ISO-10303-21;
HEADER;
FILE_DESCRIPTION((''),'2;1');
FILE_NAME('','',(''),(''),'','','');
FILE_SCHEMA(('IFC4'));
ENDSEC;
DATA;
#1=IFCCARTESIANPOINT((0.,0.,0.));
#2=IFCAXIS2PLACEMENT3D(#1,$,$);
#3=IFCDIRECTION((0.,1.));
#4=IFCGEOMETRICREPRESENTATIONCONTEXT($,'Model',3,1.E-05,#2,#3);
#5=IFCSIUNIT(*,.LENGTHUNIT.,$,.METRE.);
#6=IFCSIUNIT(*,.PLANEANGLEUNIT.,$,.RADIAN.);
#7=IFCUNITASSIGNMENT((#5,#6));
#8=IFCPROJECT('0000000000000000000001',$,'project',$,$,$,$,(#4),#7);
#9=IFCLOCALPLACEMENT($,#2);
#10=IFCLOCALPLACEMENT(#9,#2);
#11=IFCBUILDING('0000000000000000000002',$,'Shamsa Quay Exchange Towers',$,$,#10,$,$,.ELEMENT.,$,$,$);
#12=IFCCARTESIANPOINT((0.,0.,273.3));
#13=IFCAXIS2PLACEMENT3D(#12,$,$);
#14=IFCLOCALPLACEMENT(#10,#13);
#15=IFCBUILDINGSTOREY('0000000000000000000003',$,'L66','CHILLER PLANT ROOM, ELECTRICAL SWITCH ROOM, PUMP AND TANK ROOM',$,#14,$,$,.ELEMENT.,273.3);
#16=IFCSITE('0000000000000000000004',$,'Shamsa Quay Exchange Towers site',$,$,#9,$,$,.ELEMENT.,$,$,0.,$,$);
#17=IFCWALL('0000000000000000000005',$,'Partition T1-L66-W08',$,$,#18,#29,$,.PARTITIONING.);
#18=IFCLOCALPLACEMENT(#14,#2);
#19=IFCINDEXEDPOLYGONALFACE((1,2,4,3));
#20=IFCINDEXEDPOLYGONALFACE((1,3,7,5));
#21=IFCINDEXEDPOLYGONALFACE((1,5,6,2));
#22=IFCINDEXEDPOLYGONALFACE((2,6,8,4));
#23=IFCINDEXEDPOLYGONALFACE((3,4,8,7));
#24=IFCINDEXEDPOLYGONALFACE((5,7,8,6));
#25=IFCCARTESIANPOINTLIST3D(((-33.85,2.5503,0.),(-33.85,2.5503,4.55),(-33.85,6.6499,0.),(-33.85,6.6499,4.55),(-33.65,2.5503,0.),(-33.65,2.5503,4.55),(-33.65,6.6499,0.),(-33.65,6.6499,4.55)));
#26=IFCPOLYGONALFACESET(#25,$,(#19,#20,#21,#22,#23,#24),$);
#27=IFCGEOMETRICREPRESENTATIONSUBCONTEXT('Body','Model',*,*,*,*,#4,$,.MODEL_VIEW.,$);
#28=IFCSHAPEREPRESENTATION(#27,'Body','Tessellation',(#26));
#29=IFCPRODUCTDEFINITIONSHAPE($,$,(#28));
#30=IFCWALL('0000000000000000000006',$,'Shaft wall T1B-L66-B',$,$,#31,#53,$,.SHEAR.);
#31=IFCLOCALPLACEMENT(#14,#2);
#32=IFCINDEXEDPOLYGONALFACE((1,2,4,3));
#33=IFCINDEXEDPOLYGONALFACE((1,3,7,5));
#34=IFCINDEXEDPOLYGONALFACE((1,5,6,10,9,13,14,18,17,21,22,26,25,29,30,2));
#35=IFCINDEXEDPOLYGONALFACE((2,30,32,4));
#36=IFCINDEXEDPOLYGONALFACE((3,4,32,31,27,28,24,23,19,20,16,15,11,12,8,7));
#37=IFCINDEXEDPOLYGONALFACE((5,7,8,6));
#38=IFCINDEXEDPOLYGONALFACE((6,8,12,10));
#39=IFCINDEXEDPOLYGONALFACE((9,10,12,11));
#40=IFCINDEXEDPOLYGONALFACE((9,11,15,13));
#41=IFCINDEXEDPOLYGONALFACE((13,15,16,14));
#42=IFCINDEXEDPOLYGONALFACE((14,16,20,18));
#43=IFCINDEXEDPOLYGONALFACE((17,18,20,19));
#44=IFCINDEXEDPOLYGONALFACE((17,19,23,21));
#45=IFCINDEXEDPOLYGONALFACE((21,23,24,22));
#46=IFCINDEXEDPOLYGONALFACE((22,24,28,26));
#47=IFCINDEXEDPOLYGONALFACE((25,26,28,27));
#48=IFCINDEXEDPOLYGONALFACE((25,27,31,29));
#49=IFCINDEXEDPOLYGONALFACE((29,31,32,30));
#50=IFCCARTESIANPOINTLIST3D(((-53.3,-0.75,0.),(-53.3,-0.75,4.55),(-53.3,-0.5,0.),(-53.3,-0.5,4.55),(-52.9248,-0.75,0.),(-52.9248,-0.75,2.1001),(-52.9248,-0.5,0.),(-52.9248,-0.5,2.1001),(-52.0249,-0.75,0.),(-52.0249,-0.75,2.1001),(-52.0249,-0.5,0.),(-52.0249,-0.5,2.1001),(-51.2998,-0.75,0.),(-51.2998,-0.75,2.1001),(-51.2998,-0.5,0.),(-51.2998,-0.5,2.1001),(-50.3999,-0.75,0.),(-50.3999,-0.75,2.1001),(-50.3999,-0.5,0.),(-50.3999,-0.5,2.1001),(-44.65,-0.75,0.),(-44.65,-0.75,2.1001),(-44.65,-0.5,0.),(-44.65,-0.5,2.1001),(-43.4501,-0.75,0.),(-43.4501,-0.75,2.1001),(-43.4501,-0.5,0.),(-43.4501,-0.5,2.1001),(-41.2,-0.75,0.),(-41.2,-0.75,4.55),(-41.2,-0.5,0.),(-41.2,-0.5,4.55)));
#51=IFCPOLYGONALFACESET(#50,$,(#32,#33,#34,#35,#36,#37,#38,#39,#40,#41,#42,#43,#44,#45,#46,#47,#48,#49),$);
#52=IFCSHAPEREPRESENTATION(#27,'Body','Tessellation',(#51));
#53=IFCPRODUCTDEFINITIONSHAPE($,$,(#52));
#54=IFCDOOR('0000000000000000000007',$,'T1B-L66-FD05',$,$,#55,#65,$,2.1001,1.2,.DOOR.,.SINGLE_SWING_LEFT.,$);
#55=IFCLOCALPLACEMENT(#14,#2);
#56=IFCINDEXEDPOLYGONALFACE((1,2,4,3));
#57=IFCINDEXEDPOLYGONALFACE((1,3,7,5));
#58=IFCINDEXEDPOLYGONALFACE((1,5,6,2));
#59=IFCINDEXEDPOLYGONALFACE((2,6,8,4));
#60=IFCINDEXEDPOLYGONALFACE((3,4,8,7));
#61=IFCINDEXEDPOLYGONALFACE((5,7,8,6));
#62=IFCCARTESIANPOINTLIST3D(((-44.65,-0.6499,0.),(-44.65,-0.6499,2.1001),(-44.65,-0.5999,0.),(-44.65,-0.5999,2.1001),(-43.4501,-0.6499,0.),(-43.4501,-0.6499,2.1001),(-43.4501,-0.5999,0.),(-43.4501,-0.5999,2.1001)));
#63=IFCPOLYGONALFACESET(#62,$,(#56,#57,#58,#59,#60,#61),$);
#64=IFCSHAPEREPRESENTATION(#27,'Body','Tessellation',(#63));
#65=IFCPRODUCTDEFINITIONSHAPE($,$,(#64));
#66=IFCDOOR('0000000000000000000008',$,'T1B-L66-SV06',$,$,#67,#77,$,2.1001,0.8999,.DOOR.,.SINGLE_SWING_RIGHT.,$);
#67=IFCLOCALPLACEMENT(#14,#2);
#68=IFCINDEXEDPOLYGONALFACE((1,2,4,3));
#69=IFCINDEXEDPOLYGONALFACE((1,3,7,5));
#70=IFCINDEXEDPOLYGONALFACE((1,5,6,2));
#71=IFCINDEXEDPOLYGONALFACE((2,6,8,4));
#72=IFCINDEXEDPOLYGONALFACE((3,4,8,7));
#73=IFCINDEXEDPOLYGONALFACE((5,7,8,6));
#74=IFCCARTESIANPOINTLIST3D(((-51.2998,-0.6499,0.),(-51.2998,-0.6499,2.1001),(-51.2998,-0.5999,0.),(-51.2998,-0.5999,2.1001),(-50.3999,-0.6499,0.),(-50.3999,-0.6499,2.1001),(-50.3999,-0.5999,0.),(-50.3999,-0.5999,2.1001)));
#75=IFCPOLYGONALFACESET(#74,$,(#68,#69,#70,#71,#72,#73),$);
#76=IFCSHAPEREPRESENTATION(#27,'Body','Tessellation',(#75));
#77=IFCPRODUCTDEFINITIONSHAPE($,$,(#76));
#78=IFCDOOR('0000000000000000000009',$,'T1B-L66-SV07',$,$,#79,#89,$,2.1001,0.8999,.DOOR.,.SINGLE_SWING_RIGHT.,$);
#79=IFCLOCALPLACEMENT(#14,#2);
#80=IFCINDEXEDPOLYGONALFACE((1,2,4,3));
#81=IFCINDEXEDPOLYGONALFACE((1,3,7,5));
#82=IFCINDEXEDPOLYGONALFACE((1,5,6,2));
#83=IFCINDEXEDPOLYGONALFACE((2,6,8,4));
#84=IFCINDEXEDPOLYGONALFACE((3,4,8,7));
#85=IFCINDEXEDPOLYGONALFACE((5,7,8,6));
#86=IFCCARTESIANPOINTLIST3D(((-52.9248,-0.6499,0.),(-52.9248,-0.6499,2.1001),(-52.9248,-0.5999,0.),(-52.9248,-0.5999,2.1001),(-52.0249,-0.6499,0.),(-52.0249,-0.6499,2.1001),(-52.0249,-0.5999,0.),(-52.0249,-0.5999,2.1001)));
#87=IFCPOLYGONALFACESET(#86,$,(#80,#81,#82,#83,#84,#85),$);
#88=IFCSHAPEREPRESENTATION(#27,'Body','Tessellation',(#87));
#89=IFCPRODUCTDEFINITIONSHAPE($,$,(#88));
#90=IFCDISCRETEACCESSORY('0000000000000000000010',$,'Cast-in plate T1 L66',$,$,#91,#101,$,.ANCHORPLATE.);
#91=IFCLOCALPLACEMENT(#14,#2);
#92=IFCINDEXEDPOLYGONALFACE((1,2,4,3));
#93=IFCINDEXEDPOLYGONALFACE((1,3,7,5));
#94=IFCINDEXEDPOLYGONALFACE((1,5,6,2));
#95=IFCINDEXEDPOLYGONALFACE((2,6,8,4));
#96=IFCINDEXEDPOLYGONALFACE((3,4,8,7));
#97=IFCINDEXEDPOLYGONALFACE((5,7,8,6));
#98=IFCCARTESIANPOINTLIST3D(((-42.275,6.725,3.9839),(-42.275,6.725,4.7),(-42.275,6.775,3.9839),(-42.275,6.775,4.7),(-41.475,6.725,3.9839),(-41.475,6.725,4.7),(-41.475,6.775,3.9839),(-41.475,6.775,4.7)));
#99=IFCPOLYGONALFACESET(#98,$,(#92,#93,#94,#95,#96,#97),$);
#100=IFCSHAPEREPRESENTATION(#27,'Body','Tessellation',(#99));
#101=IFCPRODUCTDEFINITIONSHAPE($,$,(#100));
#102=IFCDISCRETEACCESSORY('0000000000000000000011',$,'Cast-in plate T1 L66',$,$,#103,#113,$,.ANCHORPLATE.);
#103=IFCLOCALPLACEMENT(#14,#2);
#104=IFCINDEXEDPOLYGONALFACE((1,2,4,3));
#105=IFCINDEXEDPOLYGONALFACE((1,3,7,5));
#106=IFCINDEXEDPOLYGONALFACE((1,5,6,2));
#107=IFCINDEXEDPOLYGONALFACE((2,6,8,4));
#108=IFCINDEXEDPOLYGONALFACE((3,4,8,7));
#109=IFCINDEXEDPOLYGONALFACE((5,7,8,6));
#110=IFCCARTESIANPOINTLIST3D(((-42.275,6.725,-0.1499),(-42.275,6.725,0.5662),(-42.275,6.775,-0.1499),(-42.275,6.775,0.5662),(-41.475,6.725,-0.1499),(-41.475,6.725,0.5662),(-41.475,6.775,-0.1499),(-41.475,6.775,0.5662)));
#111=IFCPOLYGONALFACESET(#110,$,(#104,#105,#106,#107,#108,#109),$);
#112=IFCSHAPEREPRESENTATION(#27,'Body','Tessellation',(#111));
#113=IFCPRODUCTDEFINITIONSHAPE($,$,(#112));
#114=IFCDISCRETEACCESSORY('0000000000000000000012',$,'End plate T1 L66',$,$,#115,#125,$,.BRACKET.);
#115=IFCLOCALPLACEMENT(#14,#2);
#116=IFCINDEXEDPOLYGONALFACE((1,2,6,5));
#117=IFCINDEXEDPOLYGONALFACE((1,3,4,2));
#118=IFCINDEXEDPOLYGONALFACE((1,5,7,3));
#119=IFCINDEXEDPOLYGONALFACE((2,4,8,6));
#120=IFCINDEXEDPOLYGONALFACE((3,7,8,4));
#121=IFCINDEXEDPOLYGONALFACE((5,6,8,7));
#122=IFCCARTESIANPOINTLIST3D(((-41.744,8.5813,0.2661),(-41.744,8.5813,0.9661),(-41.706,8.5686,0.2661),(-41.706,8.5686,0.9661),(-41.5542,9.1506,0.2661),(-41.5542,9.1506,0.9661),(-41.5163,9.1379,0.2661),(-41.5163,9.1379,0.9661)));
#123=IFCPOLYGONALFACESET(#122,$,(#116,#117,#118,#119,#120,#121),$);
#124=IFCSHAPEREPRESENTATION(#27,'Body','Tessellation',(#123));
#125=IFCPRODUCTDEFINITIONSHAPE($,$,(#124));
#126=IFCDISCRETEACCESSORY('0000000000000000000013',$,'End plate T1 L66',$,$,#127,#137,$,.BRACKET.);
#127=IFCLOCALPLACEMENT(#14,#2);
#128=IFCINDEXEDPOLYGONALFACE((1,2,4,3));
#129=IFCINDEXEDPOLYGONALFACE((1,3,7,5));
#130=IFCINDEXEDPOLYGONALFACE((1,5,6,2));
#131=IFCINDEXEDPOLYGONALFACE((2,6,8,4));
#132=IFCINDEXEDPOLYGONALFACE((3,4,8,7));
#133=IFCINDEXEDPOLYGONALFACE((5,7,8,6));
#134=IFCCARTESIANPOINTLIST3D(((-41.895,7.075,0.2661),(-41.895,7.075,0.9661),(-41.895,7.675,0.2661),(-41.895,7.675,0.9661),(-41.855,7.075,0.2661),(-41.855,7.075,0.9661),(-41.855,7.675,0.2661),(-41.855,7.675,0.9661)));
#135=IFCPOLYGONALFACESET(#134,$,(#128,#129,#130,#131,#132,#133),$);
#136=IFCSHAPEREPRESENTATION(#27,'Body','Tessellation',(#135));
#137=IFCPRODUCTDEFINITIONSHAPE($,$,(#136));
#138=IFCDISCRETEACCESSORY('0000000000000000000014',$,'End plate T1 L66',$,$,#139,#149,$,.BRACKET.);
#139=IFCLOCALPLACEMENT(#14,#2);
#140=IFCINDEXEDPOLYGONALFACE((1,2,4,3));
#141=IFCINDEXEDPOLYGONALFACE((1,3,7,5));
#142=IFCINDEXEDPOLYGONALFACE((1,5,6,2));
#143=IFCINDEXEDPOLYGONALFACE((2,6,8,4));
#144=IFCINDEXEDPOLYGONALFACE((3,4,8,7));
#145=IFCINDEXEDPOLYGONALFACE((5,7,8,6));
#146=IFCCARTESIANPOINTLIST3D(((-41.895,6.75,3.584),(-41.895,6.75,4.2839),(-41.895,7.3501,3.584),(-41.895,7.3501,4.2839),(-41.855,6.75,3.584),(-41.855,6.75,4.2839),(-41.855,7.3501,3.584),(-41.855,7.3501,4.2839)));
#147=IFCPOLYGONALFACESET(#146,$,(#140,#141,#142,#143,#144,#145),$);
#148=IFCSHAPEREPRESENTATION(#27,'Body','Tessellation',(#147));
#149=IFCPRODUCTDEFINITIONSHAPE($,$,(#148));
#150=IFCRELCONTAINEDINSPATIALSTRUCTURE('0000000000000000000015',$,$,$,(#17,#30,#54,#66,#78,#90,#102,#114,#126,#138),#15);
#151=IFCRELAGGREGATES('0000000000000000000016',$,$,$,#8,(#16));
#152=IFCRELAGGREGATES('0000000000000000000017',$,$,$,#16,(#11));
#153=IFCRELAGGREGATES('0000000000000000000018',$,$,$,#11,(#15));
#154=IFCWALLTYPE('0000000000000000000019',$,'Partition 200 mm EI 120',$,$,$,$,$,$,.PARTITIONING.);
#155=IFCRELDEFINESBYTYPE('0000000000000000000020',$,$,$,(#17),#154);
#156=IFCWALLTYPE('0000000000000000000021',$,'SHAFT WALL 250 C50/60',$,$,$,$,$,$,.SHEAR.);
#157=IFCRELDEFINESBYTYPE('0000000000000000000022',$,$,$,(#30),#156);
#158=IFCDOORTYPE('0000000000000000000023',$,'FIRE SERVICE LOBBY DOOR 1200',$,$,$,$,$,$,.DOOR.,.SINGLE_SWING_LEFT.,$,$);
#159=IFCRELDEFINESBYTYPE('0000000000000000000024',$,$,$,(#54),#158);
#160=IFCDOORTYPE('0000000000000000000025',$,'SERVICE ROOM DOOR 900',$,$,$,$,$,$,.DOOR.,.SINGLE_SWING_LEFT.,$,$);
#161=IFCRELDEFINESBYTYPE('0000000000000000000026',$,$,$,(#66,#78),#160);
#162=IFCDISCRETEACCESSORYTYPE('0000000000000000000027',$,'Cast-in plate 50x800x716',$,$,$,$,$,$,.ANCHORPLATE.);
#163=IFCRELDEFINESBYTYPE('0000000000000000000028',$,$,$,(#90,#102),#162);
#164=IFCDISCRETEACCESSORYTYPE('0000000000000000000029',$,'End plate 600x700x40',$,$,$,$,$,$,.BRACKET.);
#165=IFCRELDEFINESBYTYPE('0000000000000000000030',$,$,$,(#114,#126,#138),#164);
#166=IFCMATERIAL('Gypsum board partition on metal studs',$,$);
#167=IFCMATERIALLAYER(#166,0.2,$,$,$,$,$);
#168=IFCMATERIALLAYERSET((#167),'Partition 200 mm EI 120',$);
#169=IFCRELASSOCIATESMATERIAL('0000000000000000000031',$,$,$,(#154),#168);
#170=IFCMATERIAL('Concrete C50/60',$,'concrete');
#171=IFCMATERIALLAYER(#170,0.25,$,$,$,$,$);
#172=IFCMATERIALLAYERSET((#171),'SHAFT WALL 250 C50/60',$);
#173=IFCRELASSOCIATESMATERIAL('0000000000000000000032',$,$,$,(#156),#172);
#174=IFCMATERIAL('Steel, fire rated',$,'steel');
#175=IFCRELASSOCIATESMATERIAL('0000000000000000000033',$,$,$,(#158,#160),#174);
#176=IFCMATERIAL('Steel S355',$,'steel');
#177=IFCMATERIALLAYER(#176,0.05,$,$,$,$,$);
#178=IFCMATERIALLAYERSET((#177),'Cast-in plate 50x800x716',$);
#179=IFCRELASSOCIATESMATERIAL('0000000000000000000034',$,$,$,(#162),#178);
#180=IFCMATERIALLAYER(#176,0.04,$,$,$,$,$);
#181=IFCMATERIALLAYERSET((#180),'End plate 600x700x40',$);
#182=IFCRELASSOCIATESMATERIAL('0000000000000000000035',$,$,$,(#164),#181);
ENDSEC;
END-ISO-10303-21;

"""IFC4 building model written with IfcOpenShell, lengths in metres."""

from ifc_helpers import new_model, si_unit, direction, frame, frame_2d, origin, origin_2d, place, context, subcontext, project, spatial, rectangle, extrude, material, layer, layer_set, type_object, element, fill, save


model = new_model("IFC4")

# Units and contexts
model_context = context("Model", 3, precision=1e-05, world=origin(), true_north=direction((0.0, 1.0)))
body_context = subcontext(model_context, "Body", "Model", "MODEL_VIEW")
ifc_project = project(units=[si_unit("LENGTHUNIT", "METRE"), si_unit("PLANEANGLEUNIT", "RADIAN")], contexts=[model_context])

# Site, building, storey
site_placement = place(None, origin())
site = spatial("IfcSite", under=ifc_project, at=site_placement, Name="Shamsa Quay Exchange Towers site", CompositionType="ELEMENT", RefElevation=0.0)
building_placement = place(site_placement, origin())
building = spatial("IfcBuilding", under=site, at=building_placement, Name="Shamsa Quay Exchange Towers", CompositionType="ELEMENT")
storey_placement = place(building_placement, frame((0.0, 0.0, 273.3)))
storey = spatial("IfcBuildingStorey", under=building, at=storey_placement, Name="L66", Description="CHILLER PLANT ROOM, ELECTRICAL SWITCH ROOM, PUMP AND TANK ROOM", CompositionType="ELEMENT", Elevation=273.3)

# Shared definitions
ifc_material_1 = material(Name="Steel S355", Category="steel")

# Shared definitions
ifc_material_2 = material(Name="Gypsum board partition on metal studs")
ifc_layer_1 = layer(ifc_material_2, 0.2)
ifc_layer_set_1 = layer_set([ifc_layer_1], Name="Partition 200 mm EI 120")
wall_type_1 = type_object("IfcWallType", Name="Partition 200 mm EI 120", PredefinedType="PARTITIONING", material=ifc_layer_set_1)

# Wall
wall_1_placement = place(storey_placement, frame((-33.75, 2.5503, 0.0), z_axis=(0.0, 0.0, 1.0), x_axis=(0.0, 1.0, 0.0)))
element("IfcWall", 1, at=wall_1_placement, inside=storey, type_object=wall_type_1, Name="Partition T1-L66-W08", PredefinedType="PARTITIONING", context=body_context, shape_type="SweptSolid", body=[
    extrude(rectangle(XDim=4.0996, YDim=0.2, at=frame_2d((2.0498, 0.0))), origin(), (0.0, 0.0, 1.0), 4.55),
])

# Wall, openings, doors
ifc_material_3 = material(Name="Concrete C50/60", Category="concrete")
ifc_layer_2 = layer(ifc_material_3, 0.25)
ifc_layer_set_2 = layer_set([ifc_layer_2], Name="SHAFT WALL 250 C50/60")
wall_type_2 = type_object("IfcWallType", Name="SHAFT WALL 250 C50/60", PredefinedType="SHEAR", material=ifc_layer_set_2)
wall_2_placement = place(storey_placement, frame((-41.2, -0.625, 0.0), z_axis=(0.0, 0.0, 1.0), x_axis=(-1.0, 0.0, 0.0)))
wall_2 = element("IfcWall", 2, at=wall_2_placement, inside=storey, type_object=wall_type_2, Name="Shaft wall T1B-L66-B", PredefinedType="SHEAR", context=body_context, shape_type="SweptSolid", body=[
    extrude(rectangle(XDim=12.1001, YDim=0.25, at=frame_2d((6.05, 0.0))), origin(), (0.0, 0.0, 1.0), 4.55),
])
opening_1_placement = place(wall_2_placement, frame((2.25, 0.0, 0.0)))
opening_1 = element("IfcOpeningElement", 3, at=opening_1_placement, cuts=wall_2, PredefinedType="OPENING", context=body_context, shape_type="SweptSolid", body=[
    extrude(rectangle(XDim=1.2, YDim=2.1001, at=frame_2d((0.6001, 1.05))), frame((0.0, 0.135, 0.0), z_axis=(0.0, -1.0, 0.0), x_axis=(1.0, 0.0, 0.0)), (0.0, 0.0, 1.0), 0.27),
])
opening_2_placement = place(wall_2_placement, frame((9.2, 0.0, 0.0)))
opening_2 = element("IfcOpeningElement", 4, at=opening_2_placement, cuts=wall_2, PredefinedType="OPENING", context=body_context, shape_type="SweptSolid", body=[
    extrude(rectangle(XDim=0.8999, YDim=2.1001, at=frame_2d((0.45, 1.05))), frame((0.0, 0.135, 0.0), z_axis=(0.0, -1.0, 0.0), x_axis=(1.0, 0.0, 0.0)), (0.0, 0.0, 1.0), 0.27),
])
opening_3_placement = place(wall_2_placement, frame((10.825, 0.0, 0.0)))
opening_3 = element("IfcOpeningElement", 5, at=opening_3_placement, cuts=wall_2, PredefinedType="OPENING", context=body_context, shape_type="SweptSolid", body=[
    extrude(rectangle(XDim=0.8999, YDim=2.1001, at=frame_2d((0.45, 1.05))), frame((0.0, 0.135, 0.0), z_axis=(0.0, -1.0, 0.0), x_axis=(1.0, 0.0, 0.0)), (0.0, 0.0, 1.0), 0.27),
])
ifc_material_4 = material(Name="Steel, fire rated", Category="steel")
door_type_1 = type_object("IfcDoorType", Name="FIRE SERVICE LOBBY DOOR 1200", OperationType="SINGLE_SWING_LEFT", PredefinedType="DOOR", material=ifc_material_4)
door_1_placement = place(opening_1_placement, origin())
door_1 = element("IfcDoor", 6, at=door_1_placement, inside=storey, type_object=door_type_1, Name="T1B-L66-FD05", OperationType="SINGLE_SWING_LEFT", OverallHeight=2.1001, OverallWidth=1.2, PredefinedType="DOOR", context=body_context, shape_type="SweptSolid", body=[
    extrude(rectangle(XDim=1.2, YDim=2.1001, at=frame_2d((0.6001, 1.05))), frame((0.0, 0.0249, 0.0), z_axis=(0.0, -1.0, 0.0), x_axis=(1.0, 0.0, 0.0)), (0.0, 0.0, 1.0), 0.05),
])
fill(opening_1, door_1)
door_type_2 = type_object("IfcDoorType", Name="SERVICE ROOM DOOR 900", OperationType="SINGLE_SWING_LEFT", PredefinedType="DOOR", material=ifc_material_4)
door_2_placement = place(opening_2_placement, origin())
door_2 = element("IfcDoor", 7, at=door_2_placement, inside=storey, type_object=door_type_2, Name="T1B-L66-SV06", OperationType="SINGLE_SWING_RIGHT", OverallHeight=2.1001, OverallWidth=0.8999, PredefinedType="DOOR", context=body_context, shape_type="SweptSolid", body=[
    extrude(rectangle(XDim=0.8999, YDim=2.1001, at=frame_2d((0.45, 1.05))), frame((0.0, 0.0249, 0.0), z_axis=(0.0, -1.0, 0.0), x_axis=(1.0, 0.0, 0.0)), (0.0, 0.0, 1.0), 0.05),
])
fill(opening_2, door_2)
door_3_placement = place(opening_3_placement, origin())
door_3 = element("IfcDoor", 8, at=door_3_placement, inside=storey, type_object=door_type_2, Name="T1B-L66-SV07", OperationType="SINGLE_SWING_RIGHT", OverallHeight=2.1001, OverallWidth=0.8999, PredefinedType="DOOR", context=body_context, shape_type="SweptSolid", body=[
    extrude(rectangle(XDim=0.8999, YDim=2.1001, at=frame_2d((0.45, 1.05))), frame((0.0, 0.0249, 0.0), z_axis=(0.0, -1.0, 0.0), x_axis=(1.0, 0.0, 0.0)), (0.0, 0.0, 1.0), 0.05),
])
fill(opening_3, door_3)

# Discrete accessories
ifc_layer_3 = layer(ifc_material_1, 0.05)
ifc_layer_set_3 = layer_set([ifc_layer_3], Name="Cast-in plate 50x800x716")
discrete_accessory_type_1 = type_object("IfcDiscreteAccessoryType", Name="Cast-in plate 50x800x716", PredefinedType="ANCHORPLATE", material=ifc_layer_set_3)
for number, where, z_axis, x_axis, name in (
    (9, (-41.875, 6.75, 3.9839), (0.0, 0.0, 1.0), (0.0, -1.0, 0.0), "Cast-in plate T1 L66"),
    (10, (-41.875, 6.75, -0.1499), (0.0, 0.0, 1.0), (0.0, -1.0, 0.0), "Cast-in plate T1 L66"),
):
    element("IfcDiscreteAccessory", number, at=place(storey_placement, frame(where, z_axis=z_axis, x_axis=x_axis)), inside=storey, type_object=discrete_accessory_type_1, Name=name, PredefinedType="ANCHORPLATE", context=body_context, shape_type="SweptSolid", body=[
        extrude(rectangle(XDim=0.05, YDim=0.8, at=origin_2d()), origin(), (0.0, 0.0, 1.0), 0.7161),
    ])
ifc_layer_4 = layer(ifc_material_1, 0.04)
ifc_layer_set_4 = layer_set([ifc_layer_4], Name="End plate 600x700x40")
discrete_accessory_type_2 = type_object("IfcDiscreteAccessoryType", Name="End plate 600x700x40", PredefinedType="BRACKET", material=ifc_layer_set_4)
for number, where, z_axis, x_axis, name in (
    (11, (-41.6301, 8.8596, 0.2661), (0.0, 0.0, 1.0), (-0.316228, -0.948683, 0.0), "End plate T1 L66"),
    (12, (-41.875, 7.375, 0.2661), (0.0, 0.0, 1.0), (0.0, -1.0, 0.0), "End plate T1 L66"),
    (13, (-41.875, 7.05, 3.584), (0.0, 0.0, 1.0), (0.0, -1.0, 0.0), "End plate T1 L66"),
):
    element("IfcDiscreteAccessory", number, at=place(storey_placement, frame(where, z_axis=z_axis, x_axis=x_axis)), inside=storey, type_object=discrete_accessory_type_2, Name=name, PredefinedType="BRACKET", context=body_context, shape_type="SweptSolid", body=[
        extrude(rectangle(XDim=0.6001, YDim=0.04, at=origin_2d()), origin(), (0.0, 0.0, 1.0), 0.7),
    ])

save(model, "model.ifc")
